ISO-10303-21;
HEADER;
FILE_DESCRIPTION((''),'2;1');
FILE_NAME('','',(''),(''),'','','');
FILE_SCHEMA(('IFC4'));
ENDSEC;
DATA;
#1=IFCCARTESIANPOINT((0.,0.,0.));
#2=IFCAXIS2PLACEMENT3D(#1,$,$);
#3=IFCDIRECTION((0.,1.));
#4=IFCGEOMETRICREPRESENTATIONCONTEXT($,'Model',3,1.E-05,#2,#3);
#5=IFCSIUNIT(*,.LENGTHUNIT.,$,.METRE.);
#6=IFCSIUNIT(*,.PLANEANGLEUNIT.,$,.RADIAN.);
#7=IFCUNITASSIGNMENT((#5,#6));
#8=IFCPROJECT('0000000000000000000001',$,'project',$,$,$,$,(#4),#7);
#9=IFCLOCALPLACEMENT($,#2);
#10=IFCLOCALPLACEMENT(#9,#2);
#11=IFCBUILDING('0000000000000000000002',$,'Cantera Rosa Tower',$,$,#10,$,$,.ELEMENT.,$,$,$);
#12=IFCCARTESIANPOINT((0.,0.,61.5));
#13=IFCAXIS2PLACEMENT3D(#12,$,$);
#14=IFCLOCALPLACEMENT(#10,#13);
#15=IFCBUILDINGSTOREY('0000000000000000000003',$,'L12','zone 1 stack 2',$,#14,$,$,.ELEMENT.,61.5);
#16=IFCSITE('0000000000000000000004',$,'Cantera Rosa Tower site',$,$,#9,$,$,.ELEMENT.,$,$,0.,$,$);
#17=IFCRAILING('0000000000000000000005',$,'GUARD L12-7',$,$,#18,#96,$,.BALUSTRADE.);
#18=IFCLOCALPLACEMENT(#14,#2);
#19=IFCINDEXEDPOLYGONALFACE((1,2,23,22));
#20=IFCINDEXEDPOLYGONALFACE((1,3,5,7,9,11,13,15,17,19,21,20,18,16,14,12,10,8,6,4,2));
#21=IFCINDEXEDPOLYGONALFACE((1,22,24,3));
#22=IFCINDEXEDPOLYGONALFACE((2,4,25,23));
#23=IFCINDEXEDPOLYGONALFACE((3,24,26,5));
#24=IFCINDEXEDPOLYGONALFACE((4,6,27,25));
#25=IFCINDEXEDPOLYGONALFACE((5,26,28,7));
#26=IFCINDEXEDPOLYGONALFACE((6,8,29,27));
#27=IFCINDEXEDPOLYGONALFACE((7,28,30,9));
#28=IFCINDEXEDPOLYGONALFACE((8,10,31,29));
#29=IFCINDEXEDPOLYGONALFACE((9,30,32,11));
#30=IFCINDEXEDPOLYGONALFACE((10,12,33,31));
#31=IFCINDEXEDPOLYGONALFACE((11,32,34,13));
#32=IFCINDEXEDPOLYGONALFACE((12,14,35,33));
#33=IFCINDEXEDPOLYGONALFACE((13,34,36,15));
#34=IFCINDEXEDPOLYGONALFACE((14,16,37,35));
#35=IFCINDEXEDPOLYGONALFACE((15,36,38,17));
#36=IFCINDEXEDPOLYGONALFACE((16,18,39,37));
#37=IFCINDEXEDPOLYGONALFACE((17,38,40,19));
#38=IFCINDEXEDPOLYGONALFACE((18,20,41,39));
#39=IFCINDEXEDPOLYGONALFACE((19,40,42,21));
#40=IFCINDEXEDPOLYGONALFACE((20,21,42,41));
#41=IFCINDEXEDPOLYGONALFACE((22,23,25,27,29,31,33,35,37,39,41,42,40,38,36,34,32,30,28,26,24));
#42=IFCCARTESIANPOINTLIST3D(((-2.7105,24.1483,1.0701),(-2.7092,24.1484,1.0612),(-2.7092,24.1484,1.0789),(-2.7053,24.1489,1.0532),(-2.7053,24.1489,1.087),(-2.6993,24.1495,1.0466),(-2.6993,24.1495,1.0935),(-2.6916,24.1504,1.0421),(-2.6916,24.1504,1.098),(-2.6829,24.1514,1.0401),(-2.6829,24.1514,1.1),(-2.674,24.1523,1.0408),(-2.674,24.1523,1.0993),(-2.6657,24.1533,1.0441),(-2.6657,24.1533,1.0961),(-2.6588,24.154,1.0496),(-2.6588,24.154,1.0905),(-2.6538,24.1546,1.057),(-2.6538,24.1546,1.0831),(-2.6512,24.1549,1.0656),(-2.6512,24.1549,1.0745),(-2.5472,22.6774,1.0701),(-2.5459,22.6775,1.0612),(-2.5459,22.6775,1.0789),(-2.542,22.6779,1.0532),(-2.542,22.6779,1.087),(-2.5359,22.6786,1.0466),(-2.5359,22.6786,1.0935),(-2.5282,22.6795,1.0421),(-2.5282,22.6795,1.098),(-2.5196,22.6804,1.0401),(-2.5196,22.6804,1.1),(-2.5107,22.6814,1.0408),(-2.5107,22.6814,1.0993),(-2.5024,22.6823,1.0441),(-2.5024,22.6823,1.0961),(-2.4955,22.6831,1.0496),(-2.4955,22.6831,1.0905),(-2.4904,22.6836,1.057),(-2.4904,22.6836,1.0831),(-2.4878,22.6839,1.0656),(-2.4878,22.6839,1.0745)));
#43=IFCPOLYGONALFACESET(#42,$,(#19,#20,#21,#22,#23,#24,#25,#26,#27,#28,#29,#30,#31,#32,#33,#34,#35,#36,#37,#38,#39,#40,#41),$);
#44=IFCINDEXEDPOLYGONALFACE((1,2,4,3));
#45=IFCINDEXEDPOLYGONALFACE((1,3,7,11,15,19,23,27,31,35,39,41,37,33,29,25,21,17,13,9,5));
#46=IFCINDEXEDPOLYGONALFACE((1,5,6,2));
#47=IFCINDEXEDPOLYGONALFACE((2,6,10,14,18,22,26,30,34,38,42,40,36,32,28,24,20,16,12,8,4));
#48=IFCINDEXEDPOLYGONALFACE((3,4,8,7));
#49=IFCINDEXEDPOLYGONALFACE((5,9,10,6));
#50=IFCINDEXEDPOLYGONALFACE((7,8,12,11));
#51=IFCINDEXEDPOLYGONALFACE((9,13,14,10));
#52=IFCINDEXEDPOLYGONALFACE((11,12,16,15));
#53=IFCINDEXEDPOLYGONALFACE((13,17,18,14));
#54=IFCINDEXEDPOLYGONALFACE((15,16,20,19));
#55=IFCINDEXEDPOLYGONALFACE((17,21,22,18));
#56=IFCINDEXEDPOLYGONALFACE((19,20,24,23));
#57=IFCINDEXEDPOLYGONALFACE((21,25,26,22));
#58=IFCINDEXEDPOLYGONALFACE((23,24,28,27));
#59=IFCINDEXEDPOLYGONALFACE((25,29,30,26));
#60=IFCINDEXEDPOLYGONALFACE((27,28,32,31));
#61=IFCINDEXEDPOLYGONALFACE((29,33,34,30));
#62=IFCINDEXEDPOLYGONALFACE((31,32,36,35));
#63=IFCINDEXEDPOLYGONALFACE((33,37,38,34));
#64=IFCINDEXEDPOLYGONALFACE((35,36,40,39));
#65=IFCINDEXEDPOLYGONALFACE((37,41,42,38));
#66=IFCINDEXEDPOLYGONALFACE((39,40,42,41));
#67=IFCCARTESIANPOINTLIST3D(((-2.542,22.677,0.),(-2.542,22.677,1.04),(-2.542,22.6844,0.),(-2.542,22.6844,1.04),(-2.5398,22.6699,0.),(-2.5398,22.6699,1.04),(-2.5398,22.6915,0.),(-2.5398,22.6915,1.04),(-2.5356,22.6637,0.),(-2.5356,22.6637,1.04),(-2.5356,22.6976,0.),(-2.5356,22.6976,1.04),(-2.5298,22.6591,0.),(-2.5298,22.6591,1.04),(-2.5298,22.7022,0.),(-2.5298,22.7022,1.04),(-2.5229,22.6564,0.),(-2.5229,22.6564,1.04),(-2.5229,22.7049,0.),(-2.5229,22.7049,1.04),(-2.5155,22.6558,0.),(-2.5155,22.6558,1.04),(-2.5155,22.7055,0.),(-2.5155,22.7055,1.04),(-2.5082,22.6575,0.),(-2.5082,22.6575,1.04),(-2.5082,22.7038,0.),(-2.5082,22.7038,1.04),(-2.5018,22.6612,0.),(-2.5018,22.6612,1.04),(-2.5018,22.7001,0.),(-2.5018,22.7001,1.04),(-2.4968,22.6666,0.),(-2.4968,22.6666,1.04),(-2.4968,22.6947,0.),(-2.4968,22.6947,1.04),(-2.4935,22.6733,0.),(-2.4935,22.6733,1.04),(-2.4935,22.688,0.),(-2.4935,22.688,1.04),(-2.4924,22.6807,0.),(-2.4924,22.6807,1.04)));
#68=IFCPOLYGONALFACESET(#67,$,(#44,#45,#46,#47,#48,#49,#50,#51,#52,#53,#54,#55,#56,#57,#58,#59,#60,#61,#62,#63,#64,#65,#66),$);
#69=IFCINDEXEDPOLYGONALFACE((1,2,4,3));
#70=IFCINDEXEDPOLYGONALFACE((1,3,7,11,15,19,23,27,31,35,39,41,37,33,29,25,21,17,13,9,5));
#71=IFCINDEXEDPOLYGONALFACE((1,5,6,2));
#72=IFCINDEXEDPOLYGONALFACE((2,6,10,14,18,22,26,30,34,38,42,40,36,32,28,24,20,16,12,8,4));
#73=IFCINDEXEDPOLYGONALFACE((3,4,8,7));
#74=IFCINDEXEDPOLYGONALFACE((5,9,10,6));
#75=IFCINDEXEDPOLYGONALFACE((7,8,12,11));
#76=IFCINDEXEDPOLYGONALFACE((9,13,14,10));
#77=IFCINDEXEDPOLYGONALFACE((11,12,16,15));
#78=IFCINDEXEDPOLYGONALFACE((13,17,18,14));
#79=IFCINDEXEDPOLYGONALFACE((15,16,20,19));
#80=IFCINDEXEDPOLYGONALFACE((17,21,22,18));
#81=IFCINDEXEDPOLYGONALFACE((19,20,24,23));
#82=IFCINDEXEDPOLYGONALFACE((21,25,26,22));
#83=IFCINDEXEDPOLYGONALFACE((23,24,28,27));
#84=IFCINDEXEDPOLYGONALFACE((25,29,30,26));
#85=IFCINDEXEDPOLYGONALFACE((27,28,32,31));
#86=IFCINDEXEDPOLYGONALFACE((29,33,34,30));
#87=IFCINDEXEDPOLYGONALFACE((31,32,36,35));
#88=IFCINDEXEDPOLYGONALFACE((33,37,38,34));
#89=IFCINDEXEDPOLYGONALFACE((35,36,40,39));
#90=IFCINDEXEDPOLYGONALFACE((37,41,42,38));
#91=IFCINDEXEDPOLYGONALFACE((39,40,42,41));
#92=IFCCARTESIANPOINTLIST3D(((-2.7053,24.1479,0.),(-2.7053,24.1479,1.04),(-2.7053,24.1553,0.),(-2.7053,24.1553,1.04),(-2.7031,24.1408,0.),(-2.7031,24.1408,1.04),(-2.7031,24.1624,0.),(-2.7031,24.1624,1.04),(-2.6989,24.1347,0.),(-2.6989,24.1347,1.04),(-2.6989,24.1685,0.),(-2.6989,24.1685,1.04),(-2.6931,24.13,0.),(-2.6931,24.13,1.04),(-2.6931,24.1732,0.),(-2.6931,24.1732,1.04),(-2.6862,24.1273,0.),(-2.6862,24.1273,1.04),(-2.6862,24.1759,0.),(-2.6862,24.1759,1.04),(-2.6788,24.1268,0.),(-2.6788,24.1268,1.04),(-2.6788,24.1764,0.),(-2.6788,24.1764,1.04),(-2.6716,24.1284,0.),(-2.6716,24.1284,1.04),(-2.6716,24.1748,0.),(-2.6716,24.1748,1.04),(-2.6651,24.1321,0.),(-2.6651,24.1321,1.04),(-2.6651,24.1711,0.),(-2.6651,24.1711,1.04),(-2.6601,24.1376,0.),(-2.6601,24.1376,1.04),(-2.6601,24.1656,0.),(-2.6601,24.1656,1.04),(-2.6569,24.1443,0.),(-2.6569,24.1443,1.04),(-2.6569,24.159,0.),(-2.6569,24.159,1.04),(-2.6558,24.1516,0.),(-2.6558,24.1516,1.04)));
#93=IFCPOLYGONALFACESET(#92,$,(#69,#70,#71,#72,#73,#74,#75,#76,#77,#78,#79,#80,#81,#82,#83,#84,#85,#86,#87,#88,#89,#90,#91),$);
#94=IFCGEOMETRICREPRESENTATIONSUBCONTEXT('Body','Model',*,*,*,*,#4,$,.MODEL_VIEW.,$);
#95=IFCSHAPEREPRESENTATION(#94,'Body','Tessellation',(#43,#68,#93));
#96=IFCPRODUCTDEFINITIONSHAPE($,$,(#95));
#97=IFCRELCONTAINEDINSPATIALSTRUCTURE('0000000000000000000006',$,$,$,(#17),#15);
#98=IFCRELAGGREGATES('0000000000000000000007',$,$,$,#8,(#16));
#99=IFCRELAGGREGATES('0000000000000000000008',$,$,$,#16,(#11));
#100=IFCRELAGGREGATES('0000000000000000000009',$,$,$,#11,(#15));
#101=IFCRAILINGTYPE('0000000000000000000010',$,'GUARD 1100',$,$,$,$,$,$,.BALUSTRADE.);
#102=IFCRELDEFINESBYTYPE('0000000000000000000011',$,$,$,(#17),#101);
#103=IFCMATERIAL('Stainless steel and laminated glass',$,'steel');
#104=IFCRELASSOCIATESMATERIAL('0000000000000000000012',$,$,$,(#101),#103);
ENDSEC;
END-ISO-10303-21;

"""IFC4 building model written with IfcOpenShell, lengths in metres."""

from ifc_helpers import new_model, si_unit, direction, frame, origin, origin_2d, place, context, subcontext, project, spatial, circle, extrude, material, type_object, element, save


model = new_model("IFC4")

# Units and contexts
model_context = context("Model", 3, precision=1e-05, world=origin(), true_north=direction((0.0, 1.0)))
body_context = subcontext(model_context, "Body", "Model", "MODEL_VIEW")
ifc_project = project(units=[si_unit("LENGTHUNIT", "METRE"), si_unit("PLANEANGLEUNIT", "RADIAN")], contexts=[model_context])

# Site, building, storey
site_placement = place(None, origin())
site = spatial("IfcSite", under=ifc_project, at=site_placement, Name="Cantera Rosa Tower site", CompositionType="ELEMENT", RefElevation=0.0)
building_placement = place(site_placement, origin())
building = spatial("IfcBuilding", under=site, at=building_placement, Name="Cantera Rosa Tower", CompositionType="ELEMENT")
storey_placement = place(building_placement, frame((0.0, 0.0, 61.5)))
storey = spatial("IfcBuildingStorey", under=building, at=storey_placement, Name="L12", Description="zone 1 stack 2", CompositionType="ELEMENT", Elevation=61.5)

# Railing
ifc_material_1 = material(Name="Stainless steel and laminated glass", Category="steel")
railing_type = type_object("IfcRailingType", Name="GUARD 1100", PredefinedType="BALUSTRADE", material=ifc_material_1)
railing_1_placement = place(storey_placement, frame((-2.5173, 22.6807, 0.0)))
element("IfcRailing", 1, at=railing_1_placement, inside=storey, type_object=railing_type, Name="GUARD L12-7", PredefinedType="BALUSTRADE", context=body_context, shape_type="SweptSolid", body=[
    extrude(circle(Radius=0.03, at=origin_2d()), frame((0.0, 0.0, 1.0701), z_axis=(-0.110359, 0.993892, 0.0), x_axis=(-0.993892, -0.110359, 0.0)), (0.0, 0.0, 1.0), 1.48),
    extrude(circle(Radius=0.0249, at=origin_2d()), origin(), (0.0, 0.0, 1.0), 1.04),
    extrude(circle(Radius=0.0249, at=origin_2d()), frame((-0.1633, 1.4709, 0.0)), (0.0, 0.0, 1.0), 1.04),
])

save(model, "model.ifc")
